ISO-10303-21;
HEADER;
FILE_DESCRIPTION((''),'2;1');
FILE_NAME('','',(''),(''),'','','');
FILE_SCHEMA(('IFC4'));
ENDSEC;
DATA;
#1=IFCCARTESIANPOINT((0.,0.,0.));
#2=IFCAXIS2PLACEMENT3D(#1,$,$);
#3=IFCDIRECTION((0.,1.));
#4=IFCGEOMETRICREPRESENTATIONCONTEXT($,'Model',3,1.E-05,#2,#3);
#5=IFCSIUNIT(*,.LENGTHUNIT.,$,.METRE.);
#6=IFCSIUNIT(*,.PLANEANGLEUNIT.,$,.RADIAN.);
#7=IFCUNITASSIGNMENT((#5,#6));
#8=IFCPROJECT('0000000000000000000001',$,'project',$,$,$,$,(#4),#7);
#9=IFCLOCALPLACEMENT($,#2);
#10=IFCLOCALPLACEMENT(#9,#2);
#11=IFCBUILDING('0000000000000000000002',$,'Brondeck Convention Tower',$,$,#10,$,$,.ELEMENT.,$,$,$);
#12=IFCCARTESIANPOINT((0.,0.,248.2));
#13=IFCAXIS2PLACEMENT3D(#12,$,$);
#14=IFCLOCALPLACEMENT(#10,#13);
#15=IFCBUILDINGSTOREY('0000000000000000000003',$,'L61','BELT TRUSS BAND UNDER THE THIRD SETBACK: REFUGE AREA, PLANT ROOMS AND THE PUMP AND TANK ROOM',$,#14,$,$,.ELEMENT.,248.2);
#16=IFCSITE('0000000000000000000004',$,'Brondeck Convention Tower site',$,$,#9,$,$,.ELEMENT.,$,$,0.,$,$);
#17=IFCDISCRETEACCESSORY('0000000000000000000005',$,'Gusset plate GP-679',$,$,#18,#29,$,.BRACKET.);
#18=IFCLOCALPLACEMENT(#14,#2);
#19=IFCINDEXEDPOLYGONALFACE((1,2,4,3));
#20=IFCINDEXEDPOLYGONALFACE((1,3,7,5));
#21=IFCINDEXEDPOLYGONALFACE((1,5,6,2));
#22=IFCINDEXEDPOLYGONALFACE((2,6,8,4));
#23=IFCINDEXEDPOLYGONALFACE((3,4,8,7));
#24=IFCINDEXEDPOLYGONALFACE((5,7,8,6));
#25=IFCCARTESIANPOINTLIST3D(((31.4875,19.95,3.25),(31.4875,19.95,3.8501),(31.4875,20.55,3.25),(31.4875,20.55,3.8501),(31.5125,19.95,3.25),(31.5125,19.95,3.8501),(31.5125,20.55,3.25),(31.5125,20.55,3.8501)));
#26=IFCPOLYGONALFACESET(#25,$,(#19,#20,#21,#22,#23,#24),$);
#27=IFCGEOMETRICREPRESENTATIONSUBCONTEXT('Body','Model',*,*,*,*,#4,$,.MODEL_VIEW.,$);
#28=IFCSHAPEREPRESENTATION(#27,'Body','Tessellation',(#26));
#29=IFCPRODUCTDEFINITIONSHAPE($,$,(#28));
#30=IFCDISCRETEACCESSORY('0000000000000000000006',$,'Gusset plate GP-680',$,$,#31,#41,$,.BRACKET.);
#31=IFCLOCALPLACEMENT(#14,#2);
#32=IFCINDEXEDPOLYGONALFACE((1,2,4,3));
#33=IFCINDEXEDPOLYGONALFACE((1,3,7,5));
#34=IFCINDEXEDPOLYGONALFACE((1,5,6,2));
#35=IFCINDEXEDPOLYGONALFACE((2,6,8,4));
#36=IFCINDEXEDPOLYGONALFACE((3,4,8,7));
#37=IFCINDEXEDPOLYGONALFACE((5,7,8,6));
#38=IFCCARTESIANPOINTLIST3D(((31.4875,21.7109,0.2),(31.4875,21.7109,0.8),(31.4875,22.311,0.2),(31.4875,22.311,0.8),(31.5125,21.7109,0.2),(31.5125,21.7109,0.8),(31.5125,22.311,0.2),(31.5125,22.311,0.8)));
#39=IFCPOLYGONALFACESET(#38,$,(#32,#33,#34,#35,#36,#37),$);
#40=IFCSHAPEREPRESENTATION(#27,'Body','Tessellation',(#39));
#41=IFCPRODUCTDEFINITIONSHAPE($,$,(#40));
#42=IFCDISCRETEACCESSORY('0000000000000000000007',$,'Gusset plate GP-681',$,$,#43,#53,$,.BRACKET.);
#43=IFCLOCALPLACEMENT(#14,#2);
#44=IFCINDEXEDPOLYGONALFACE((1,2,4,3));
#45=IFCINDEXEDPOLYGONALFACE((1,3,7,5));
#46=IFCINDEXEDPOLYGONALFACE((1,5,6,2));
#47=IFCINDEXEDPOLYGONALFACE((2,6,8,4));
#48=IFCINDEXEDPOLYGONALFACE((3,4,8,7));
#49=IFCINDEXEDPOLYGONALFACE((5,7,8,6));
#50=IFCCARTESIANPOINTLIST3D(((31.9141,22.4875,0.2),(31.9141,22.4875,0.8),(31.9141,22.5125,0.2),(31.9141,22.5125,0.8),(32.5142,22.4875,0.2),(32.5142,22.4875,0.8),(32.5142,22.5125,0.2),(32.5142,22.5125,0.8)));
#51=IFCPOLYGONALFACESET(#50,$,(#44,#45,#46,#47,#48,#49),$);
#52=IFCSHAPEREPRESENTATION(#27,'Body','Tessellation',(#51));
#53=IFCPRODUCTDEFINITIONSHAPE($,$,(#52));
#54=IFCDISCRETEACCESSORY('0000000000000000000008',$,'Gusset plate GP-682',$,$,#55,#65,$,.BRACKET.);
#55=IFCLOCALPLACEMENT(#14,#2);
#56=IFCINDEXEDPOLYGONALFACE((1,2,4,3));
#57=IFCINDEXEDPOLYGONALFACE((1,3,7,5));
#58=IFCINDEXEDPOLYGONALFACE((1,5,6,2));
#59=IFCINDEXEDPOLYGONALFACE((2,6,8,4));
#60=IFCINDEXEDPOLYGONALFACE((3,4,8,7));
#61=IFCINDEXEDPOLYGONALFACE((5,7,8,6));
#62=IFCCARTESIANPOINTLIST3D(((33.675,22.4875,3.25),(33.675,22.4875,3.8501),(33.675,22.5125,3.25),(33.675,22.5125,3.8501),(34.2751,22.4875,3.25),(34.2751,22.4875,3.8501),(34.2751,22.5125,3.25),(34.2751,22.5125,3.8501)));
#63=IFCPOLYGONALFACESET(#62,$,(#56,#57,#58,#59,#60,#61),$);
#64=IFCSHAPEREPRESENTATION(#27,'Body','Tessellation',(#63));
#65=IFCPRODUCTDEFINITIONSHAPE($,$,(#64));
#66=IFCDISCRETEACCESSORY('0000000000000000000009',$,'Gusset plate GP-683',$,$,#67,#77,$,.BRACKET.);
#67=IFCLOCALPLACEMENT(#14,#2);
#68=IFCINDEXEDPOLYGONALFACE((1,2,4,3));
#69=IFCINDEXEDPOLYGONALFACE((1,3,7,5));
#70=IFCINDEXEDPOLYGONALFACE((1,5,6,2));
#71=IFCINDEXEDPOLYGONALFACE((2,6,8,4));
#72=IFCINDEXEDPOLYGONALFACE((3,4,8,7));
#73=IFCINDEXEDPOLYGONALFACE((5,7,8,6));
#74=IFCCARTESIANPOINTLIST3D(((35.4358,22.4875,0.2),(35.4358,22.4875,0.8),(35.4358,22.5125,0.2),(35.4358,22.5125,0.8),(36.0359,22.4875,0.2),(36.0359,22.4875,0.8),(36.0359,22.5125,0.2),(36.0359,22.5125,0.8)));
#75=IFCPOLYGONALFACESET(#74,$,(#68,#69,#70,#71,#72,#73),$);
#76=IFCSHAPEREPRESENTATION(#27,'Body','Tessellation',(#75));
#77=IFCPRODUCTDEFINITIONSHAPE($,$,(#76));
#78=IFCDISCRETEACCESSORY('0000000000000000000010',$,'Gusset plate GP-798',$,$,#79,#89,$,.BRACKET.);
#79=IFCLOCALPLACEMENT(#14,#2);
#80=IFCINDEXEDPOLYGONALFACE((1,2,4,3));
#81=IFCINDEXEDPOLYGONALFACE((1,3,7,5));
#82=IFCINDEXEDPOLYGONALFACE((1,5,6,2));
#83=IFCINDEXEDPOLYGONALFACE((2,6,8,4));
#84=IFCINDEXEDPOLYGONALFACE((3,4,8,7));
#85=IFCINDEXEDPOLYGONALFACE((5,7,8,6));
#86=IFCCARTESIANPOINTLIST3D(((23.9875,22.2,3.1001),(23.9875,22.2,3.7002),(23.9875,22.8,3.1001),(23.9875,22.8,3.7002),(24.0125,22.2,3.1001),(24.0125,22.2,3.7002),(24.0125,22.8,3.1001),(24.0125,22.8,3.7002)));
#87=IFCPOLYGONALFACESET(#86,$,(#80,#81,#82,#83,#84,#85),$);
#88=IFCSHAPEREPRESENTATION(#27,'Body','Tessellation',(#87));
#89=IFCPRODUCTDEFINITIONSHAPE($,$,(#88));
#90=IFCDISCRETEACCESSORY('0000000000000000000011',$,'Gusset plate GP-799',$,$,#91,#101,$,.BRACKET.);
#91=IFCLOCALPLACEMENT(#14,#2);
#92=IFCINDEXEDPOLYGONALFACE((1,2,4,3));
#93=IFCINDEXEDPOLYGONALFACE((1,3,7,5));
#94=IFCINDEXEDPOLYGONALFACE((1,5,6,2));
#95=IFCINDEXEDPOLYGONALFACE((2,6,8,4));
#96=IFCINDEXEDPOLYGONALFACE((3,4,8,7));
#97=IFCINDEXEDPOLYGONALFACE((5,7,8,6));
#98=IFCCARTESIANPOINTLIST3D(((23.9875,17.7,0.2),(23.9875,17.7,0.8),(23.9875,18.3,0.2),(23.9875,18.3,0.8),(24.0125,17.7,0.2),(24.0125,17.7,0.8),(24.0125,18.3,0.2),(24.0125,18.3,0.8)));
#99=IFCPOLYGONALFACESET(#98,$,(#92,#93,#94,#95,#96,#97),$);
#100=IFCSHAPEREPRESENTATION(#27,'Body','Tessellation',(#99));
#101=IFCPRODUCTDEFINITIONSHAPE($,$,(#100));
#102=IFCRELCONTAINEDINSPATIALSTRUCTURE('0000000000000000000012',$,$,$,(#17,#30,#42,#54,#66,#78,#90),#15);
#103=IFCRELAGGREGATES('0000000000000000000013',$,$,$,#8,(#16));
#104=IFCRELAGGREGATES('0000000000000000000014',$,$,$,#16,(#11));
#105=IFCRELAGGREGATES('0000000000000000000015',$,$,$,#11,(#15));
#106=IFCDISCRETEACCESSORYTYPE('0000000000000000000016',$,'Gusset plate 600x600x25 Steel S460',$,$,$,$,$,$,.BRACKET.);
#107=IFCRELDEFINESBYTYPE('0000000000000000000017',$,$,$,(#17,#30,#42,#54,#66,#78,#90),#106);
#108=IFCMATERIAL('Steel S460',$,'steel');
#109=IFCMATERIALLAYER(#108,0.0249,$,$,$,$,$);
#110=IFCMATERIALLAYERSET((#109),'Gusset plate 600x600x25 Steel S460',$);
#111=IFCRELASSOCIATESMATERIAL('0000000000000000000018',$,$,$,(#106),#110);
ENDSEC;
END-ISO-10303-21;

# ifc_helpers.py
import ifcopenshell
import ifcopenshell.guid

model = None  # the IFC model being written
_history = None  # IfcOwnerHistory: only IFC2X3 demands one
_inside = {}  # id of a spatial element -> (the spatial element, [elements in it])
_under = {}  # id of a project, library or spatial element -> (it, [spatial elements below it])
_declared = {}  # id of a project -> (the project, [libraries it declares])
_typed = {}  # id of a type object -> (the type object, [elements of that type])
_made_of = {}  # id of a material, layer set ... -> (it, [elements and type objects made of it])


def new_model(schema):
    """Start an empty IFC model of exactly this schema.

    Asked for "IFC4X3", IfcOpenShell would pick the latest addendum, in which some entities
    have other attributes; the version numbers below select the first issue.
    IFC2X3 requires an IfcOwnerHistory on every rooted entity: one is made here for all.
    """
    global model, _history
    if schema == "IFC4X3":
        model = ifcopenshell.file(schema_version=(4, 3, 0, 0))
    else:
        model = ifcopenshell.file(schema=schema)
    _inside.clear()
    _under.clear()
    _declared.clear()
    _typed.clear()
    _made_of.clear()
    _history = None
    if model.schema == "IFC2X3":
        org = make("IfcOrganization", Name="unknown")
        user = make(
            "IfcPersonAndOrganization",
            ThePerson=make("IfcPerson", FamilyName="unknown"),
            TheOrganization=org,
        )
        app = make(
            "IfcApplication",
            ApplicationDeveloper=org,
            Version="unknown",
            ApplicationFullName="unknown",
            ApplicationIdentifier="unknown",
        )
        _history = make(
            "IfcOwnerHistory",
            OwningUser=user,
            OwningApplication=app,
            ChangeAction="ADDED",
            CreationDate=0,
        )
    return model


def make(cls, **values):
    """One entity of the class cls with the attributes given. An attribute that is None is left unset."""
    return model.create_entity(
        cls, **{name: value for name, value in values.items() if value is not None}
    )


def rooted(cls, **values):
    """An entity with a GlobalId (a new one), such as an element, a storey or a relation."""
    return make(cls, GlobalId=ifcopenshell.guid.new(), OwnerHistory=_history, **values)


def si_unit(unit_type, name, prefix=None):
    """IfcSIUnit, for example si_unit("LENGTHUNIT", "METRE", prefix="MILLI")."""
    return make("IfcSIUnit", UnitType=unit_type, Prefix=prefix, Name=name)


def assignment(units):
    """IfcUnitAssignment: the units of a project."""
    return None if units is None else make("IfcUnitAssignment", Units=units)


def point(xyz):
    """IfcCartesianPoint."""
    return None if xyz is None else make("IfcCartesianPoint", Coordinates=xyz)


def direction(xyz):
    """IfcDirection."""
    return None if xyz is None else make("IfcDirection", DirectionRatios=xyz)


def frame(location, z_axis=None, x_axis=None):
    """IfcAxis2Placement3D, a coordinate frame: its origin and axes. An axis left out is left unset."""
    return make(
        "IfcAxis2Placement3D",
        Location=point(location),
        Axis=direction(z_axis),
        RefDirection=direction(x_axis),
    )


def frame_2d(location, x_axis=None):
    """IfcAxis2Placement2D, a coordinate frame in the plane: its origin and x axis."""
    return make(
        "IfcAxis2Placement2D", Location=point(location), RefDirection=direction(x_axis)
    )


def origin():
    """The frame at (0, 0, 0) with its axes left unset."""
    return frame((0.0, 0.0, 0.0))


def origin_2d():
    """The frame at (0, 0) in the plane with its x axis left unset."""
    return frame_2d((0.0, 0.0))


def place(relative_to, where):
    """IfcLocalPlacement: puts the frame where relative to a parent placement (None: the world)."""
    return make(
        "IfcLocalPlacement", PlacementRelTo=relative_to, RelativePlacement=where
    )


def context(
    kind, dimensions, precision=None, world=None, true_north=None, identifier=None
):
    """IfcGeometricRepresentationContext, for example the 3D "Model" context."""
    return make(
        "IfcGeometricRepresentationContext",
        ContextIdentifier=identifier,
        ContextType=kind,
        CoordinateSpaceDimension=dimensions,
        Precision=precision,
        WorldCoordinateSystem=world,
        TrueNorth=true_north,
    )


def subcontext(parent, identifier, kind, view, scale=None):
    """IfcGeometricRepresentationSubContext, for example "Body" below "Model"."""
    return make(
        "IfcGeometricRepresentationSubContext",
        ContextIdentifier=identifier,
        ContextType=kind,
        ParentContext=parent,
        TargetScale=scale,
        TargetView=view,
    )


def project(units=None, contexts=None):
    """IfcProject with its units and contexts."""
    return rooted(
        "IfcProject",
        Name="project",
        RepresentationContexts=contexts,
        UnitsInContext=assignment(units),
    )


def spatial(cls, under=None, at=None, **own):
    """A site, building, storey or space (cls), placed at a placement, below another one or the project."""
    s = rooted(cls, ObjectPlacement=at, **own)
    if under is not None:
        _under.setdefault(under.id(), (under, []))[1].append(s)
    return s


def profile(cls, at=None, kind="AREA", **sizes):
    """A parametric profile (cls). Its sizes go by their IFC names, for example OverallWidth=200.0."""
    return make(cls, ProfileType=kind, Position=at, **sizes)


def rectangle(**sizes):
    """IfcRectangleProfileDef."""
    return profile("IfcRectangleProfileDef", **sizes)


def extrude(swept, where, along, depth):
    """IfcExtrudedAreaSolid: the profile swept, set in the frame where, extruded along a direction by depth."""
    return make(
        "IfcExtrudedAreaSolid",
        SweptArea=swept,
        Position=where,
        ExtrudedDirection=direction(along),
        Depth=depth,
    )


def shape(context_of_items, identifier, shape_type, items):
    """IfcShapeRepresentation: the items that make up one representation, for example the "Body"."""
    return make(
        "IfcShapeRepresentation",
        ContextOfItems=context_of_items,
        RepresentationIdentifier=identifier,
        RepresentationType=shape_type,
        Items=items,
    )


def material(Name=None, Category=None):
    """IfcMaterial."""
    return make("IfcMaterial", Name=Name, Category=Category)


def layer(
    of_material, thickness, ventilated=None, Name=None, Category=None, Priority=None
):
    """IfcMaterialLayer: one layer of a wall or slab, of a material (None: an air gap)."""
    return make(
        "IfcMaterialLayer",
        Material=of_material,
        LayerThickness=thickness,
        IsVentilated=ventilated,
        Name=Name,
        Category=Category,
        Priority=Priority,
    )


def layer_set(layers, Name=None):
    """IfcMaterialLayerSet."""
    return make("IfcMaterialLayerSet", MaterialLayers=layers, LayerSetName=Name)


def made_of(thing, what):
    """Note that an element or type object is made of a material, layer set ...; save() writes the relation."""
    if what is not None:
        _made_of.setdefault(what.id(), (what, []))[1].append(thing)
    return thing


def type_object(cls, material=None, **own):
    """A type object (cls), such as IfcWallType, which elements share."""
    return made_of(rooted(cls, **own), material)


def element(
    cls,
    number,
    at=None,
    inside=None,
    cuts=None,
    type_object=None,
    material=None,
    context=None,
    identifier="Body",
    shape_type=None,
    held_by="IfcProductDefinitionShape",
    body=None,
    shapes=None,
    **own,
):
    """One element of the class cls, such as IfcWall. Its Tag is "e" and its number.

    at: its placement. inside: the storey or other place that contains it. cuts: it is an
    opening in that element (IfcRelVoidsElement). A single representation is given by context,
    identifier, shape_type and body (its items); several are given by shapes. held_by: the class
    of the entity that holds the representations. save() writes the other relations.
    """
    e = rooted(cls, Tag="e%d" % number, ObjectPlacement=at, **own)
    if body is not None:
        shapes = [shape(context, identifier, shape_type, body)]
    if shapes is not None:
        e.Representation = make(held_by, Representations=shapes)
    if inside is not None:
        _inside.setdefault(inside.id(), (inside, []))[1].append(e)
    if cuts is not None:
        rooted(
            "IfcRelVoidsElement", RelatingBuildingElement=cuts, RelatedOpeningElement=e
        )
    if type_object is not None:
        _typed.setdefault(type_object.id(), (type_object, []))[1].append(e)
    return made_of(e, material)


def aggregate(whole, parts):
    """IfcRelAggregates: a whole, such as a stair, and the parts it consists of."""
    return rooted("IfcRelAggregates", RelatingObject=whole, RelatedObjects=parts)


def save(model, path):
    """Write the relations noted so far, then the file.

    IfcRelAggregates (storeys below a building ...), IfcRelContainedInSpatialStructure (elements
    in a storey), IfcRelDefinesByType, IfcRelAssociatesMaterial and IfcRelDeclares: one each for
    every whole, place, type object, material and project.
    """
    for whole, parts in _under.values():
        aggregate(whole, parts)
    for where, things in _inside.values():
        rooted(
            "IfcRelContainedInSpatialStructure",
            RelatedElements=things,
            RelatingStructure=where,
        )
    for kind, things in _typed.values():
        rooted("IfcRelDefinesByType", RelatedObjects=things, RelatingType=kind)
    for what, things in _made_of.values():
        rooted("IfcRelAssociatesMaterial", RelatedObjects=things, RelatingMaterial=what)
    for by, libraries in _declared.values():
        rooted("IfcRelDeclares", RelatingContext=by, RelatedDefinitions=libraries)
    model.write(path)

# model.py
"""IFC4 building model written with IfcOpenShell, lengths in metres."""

from ifc_helpers import new_model, si_unit, direction, frame, origin, origin_2d, place, context, subcontext, project, spatial, rectangle, extrude, material, layer, layer_set, type_object, element, save


model = new_model("IFC4")

# Units and contexts
model_context = context("Model", 3, precision=1e-05, world=origin(), true_north=direction((0.0, 1.0)))
body_context = subcontext(model_context, "Body", "Model", "MODEL_VIEW")
ifc_project = project(units=[si_unit("LENGTHUNIT", "METRE"), si_unit("PLANEANGLEUNIT", "RADIAN")], contexts=[model_context])

# Site, building, storey
site_placement = place(None, origin())
site = spatial("IfcSite", under=ifc_project, at=site_placement, Name="Brondeck Convention Tower site", CompositionType="ELEMENT", RefElevation=0.0)
building_placement = place(site_placement, origin())
building = spatial("IfcBuilding", under=site, at=building_placement, Name="Brondeck Convention Tower", CompositionType="ELEMENT")
storey_placement = place(building_placement, frame((0.0, 0.0, 248.2)))
storey = spatial("IfcBuildingStorey", under=building, at=storey_placement, Name="L61", Description="BELT TRUSS BAND UNDER THE THIRD SETBACK: REFUGE AREA, PLANT ROOMS AND THE PUMP AND TANK ROOM", CompositionType="ELEMENT", Elevation=248.2)

# Shared definitions
ifc_material_1 = material(Name="Steel S460", Category="steel")

# Discrete accessories
ifc_layer = layer(ifc_material_1, 0.0249)
ifc_layer_set = layer_set([ifc_layer], Name="Gusset plate 600x600x25 Steel S460")
discrete_accessory_type = type_object("IfcDiscreteAccessoryType", Name="Gusset plate 600x600x25 Steel S460", PredefinedType="BRACKET", material=ifc_layer_set)
for number, where, z_axis, x_axis, name in (
    (1, (31.5, 20.25, 3.25), (0.0, 0.0, 1.0), (0.0, 1.0, 0.0), "Gusset plate GP-679"),
    (2, (31.5, 22.011, 0.2), (0.0, 0.0, 1.0), (0.0, 1.0, 0.0), "Gusset plate GP-680"),
    (3, (32.2141, 22.5, 0.2), (0.0, 0.0, 1.0), (1.0, 0.0, 0.0), "Gusset plate GP-681"),
    (4, (33.9751, 22.5, 3.25), (0.0, 0.0, 1.0), (1.0, 0.0, 0.0), "Gusset plate GP-682"),
    (5, (35.7358, 22.5, 0.2), (0.0, 0.0, 1.0), (1.0, 0.0, 0.0), "Gusset plate GP-683"),
    (6, (24.0, 22.5, 3.1001), (0.0, 0.0, 1.0), (0.0, 1.0, 0.0), "Gusset plate GP-798"),
    (7, (24.0, 18.0, 0.2), (0.0, 0.0, 1.0), (0.0, 1.0, 0.0), "Gusset plate GP-799"),
):
    element("IfcDiscreteAccessory", number, at=place(storey_placement, frame(where, z_axis=z_axis, x_axis=x_axis)), inside=storey, type_object=discrete_accessory_type, Name=name, PredefinedType="BRACKET", context=body_context, shape_type="SweptSolid", body=[
        extrude(rectangle(XDim=0.6001, YDim=0.0249, at=origin_2d()), origin(), (0.0, 0.0, 1.0), 0.6001),
    ])

save(model, "model.ifc")
